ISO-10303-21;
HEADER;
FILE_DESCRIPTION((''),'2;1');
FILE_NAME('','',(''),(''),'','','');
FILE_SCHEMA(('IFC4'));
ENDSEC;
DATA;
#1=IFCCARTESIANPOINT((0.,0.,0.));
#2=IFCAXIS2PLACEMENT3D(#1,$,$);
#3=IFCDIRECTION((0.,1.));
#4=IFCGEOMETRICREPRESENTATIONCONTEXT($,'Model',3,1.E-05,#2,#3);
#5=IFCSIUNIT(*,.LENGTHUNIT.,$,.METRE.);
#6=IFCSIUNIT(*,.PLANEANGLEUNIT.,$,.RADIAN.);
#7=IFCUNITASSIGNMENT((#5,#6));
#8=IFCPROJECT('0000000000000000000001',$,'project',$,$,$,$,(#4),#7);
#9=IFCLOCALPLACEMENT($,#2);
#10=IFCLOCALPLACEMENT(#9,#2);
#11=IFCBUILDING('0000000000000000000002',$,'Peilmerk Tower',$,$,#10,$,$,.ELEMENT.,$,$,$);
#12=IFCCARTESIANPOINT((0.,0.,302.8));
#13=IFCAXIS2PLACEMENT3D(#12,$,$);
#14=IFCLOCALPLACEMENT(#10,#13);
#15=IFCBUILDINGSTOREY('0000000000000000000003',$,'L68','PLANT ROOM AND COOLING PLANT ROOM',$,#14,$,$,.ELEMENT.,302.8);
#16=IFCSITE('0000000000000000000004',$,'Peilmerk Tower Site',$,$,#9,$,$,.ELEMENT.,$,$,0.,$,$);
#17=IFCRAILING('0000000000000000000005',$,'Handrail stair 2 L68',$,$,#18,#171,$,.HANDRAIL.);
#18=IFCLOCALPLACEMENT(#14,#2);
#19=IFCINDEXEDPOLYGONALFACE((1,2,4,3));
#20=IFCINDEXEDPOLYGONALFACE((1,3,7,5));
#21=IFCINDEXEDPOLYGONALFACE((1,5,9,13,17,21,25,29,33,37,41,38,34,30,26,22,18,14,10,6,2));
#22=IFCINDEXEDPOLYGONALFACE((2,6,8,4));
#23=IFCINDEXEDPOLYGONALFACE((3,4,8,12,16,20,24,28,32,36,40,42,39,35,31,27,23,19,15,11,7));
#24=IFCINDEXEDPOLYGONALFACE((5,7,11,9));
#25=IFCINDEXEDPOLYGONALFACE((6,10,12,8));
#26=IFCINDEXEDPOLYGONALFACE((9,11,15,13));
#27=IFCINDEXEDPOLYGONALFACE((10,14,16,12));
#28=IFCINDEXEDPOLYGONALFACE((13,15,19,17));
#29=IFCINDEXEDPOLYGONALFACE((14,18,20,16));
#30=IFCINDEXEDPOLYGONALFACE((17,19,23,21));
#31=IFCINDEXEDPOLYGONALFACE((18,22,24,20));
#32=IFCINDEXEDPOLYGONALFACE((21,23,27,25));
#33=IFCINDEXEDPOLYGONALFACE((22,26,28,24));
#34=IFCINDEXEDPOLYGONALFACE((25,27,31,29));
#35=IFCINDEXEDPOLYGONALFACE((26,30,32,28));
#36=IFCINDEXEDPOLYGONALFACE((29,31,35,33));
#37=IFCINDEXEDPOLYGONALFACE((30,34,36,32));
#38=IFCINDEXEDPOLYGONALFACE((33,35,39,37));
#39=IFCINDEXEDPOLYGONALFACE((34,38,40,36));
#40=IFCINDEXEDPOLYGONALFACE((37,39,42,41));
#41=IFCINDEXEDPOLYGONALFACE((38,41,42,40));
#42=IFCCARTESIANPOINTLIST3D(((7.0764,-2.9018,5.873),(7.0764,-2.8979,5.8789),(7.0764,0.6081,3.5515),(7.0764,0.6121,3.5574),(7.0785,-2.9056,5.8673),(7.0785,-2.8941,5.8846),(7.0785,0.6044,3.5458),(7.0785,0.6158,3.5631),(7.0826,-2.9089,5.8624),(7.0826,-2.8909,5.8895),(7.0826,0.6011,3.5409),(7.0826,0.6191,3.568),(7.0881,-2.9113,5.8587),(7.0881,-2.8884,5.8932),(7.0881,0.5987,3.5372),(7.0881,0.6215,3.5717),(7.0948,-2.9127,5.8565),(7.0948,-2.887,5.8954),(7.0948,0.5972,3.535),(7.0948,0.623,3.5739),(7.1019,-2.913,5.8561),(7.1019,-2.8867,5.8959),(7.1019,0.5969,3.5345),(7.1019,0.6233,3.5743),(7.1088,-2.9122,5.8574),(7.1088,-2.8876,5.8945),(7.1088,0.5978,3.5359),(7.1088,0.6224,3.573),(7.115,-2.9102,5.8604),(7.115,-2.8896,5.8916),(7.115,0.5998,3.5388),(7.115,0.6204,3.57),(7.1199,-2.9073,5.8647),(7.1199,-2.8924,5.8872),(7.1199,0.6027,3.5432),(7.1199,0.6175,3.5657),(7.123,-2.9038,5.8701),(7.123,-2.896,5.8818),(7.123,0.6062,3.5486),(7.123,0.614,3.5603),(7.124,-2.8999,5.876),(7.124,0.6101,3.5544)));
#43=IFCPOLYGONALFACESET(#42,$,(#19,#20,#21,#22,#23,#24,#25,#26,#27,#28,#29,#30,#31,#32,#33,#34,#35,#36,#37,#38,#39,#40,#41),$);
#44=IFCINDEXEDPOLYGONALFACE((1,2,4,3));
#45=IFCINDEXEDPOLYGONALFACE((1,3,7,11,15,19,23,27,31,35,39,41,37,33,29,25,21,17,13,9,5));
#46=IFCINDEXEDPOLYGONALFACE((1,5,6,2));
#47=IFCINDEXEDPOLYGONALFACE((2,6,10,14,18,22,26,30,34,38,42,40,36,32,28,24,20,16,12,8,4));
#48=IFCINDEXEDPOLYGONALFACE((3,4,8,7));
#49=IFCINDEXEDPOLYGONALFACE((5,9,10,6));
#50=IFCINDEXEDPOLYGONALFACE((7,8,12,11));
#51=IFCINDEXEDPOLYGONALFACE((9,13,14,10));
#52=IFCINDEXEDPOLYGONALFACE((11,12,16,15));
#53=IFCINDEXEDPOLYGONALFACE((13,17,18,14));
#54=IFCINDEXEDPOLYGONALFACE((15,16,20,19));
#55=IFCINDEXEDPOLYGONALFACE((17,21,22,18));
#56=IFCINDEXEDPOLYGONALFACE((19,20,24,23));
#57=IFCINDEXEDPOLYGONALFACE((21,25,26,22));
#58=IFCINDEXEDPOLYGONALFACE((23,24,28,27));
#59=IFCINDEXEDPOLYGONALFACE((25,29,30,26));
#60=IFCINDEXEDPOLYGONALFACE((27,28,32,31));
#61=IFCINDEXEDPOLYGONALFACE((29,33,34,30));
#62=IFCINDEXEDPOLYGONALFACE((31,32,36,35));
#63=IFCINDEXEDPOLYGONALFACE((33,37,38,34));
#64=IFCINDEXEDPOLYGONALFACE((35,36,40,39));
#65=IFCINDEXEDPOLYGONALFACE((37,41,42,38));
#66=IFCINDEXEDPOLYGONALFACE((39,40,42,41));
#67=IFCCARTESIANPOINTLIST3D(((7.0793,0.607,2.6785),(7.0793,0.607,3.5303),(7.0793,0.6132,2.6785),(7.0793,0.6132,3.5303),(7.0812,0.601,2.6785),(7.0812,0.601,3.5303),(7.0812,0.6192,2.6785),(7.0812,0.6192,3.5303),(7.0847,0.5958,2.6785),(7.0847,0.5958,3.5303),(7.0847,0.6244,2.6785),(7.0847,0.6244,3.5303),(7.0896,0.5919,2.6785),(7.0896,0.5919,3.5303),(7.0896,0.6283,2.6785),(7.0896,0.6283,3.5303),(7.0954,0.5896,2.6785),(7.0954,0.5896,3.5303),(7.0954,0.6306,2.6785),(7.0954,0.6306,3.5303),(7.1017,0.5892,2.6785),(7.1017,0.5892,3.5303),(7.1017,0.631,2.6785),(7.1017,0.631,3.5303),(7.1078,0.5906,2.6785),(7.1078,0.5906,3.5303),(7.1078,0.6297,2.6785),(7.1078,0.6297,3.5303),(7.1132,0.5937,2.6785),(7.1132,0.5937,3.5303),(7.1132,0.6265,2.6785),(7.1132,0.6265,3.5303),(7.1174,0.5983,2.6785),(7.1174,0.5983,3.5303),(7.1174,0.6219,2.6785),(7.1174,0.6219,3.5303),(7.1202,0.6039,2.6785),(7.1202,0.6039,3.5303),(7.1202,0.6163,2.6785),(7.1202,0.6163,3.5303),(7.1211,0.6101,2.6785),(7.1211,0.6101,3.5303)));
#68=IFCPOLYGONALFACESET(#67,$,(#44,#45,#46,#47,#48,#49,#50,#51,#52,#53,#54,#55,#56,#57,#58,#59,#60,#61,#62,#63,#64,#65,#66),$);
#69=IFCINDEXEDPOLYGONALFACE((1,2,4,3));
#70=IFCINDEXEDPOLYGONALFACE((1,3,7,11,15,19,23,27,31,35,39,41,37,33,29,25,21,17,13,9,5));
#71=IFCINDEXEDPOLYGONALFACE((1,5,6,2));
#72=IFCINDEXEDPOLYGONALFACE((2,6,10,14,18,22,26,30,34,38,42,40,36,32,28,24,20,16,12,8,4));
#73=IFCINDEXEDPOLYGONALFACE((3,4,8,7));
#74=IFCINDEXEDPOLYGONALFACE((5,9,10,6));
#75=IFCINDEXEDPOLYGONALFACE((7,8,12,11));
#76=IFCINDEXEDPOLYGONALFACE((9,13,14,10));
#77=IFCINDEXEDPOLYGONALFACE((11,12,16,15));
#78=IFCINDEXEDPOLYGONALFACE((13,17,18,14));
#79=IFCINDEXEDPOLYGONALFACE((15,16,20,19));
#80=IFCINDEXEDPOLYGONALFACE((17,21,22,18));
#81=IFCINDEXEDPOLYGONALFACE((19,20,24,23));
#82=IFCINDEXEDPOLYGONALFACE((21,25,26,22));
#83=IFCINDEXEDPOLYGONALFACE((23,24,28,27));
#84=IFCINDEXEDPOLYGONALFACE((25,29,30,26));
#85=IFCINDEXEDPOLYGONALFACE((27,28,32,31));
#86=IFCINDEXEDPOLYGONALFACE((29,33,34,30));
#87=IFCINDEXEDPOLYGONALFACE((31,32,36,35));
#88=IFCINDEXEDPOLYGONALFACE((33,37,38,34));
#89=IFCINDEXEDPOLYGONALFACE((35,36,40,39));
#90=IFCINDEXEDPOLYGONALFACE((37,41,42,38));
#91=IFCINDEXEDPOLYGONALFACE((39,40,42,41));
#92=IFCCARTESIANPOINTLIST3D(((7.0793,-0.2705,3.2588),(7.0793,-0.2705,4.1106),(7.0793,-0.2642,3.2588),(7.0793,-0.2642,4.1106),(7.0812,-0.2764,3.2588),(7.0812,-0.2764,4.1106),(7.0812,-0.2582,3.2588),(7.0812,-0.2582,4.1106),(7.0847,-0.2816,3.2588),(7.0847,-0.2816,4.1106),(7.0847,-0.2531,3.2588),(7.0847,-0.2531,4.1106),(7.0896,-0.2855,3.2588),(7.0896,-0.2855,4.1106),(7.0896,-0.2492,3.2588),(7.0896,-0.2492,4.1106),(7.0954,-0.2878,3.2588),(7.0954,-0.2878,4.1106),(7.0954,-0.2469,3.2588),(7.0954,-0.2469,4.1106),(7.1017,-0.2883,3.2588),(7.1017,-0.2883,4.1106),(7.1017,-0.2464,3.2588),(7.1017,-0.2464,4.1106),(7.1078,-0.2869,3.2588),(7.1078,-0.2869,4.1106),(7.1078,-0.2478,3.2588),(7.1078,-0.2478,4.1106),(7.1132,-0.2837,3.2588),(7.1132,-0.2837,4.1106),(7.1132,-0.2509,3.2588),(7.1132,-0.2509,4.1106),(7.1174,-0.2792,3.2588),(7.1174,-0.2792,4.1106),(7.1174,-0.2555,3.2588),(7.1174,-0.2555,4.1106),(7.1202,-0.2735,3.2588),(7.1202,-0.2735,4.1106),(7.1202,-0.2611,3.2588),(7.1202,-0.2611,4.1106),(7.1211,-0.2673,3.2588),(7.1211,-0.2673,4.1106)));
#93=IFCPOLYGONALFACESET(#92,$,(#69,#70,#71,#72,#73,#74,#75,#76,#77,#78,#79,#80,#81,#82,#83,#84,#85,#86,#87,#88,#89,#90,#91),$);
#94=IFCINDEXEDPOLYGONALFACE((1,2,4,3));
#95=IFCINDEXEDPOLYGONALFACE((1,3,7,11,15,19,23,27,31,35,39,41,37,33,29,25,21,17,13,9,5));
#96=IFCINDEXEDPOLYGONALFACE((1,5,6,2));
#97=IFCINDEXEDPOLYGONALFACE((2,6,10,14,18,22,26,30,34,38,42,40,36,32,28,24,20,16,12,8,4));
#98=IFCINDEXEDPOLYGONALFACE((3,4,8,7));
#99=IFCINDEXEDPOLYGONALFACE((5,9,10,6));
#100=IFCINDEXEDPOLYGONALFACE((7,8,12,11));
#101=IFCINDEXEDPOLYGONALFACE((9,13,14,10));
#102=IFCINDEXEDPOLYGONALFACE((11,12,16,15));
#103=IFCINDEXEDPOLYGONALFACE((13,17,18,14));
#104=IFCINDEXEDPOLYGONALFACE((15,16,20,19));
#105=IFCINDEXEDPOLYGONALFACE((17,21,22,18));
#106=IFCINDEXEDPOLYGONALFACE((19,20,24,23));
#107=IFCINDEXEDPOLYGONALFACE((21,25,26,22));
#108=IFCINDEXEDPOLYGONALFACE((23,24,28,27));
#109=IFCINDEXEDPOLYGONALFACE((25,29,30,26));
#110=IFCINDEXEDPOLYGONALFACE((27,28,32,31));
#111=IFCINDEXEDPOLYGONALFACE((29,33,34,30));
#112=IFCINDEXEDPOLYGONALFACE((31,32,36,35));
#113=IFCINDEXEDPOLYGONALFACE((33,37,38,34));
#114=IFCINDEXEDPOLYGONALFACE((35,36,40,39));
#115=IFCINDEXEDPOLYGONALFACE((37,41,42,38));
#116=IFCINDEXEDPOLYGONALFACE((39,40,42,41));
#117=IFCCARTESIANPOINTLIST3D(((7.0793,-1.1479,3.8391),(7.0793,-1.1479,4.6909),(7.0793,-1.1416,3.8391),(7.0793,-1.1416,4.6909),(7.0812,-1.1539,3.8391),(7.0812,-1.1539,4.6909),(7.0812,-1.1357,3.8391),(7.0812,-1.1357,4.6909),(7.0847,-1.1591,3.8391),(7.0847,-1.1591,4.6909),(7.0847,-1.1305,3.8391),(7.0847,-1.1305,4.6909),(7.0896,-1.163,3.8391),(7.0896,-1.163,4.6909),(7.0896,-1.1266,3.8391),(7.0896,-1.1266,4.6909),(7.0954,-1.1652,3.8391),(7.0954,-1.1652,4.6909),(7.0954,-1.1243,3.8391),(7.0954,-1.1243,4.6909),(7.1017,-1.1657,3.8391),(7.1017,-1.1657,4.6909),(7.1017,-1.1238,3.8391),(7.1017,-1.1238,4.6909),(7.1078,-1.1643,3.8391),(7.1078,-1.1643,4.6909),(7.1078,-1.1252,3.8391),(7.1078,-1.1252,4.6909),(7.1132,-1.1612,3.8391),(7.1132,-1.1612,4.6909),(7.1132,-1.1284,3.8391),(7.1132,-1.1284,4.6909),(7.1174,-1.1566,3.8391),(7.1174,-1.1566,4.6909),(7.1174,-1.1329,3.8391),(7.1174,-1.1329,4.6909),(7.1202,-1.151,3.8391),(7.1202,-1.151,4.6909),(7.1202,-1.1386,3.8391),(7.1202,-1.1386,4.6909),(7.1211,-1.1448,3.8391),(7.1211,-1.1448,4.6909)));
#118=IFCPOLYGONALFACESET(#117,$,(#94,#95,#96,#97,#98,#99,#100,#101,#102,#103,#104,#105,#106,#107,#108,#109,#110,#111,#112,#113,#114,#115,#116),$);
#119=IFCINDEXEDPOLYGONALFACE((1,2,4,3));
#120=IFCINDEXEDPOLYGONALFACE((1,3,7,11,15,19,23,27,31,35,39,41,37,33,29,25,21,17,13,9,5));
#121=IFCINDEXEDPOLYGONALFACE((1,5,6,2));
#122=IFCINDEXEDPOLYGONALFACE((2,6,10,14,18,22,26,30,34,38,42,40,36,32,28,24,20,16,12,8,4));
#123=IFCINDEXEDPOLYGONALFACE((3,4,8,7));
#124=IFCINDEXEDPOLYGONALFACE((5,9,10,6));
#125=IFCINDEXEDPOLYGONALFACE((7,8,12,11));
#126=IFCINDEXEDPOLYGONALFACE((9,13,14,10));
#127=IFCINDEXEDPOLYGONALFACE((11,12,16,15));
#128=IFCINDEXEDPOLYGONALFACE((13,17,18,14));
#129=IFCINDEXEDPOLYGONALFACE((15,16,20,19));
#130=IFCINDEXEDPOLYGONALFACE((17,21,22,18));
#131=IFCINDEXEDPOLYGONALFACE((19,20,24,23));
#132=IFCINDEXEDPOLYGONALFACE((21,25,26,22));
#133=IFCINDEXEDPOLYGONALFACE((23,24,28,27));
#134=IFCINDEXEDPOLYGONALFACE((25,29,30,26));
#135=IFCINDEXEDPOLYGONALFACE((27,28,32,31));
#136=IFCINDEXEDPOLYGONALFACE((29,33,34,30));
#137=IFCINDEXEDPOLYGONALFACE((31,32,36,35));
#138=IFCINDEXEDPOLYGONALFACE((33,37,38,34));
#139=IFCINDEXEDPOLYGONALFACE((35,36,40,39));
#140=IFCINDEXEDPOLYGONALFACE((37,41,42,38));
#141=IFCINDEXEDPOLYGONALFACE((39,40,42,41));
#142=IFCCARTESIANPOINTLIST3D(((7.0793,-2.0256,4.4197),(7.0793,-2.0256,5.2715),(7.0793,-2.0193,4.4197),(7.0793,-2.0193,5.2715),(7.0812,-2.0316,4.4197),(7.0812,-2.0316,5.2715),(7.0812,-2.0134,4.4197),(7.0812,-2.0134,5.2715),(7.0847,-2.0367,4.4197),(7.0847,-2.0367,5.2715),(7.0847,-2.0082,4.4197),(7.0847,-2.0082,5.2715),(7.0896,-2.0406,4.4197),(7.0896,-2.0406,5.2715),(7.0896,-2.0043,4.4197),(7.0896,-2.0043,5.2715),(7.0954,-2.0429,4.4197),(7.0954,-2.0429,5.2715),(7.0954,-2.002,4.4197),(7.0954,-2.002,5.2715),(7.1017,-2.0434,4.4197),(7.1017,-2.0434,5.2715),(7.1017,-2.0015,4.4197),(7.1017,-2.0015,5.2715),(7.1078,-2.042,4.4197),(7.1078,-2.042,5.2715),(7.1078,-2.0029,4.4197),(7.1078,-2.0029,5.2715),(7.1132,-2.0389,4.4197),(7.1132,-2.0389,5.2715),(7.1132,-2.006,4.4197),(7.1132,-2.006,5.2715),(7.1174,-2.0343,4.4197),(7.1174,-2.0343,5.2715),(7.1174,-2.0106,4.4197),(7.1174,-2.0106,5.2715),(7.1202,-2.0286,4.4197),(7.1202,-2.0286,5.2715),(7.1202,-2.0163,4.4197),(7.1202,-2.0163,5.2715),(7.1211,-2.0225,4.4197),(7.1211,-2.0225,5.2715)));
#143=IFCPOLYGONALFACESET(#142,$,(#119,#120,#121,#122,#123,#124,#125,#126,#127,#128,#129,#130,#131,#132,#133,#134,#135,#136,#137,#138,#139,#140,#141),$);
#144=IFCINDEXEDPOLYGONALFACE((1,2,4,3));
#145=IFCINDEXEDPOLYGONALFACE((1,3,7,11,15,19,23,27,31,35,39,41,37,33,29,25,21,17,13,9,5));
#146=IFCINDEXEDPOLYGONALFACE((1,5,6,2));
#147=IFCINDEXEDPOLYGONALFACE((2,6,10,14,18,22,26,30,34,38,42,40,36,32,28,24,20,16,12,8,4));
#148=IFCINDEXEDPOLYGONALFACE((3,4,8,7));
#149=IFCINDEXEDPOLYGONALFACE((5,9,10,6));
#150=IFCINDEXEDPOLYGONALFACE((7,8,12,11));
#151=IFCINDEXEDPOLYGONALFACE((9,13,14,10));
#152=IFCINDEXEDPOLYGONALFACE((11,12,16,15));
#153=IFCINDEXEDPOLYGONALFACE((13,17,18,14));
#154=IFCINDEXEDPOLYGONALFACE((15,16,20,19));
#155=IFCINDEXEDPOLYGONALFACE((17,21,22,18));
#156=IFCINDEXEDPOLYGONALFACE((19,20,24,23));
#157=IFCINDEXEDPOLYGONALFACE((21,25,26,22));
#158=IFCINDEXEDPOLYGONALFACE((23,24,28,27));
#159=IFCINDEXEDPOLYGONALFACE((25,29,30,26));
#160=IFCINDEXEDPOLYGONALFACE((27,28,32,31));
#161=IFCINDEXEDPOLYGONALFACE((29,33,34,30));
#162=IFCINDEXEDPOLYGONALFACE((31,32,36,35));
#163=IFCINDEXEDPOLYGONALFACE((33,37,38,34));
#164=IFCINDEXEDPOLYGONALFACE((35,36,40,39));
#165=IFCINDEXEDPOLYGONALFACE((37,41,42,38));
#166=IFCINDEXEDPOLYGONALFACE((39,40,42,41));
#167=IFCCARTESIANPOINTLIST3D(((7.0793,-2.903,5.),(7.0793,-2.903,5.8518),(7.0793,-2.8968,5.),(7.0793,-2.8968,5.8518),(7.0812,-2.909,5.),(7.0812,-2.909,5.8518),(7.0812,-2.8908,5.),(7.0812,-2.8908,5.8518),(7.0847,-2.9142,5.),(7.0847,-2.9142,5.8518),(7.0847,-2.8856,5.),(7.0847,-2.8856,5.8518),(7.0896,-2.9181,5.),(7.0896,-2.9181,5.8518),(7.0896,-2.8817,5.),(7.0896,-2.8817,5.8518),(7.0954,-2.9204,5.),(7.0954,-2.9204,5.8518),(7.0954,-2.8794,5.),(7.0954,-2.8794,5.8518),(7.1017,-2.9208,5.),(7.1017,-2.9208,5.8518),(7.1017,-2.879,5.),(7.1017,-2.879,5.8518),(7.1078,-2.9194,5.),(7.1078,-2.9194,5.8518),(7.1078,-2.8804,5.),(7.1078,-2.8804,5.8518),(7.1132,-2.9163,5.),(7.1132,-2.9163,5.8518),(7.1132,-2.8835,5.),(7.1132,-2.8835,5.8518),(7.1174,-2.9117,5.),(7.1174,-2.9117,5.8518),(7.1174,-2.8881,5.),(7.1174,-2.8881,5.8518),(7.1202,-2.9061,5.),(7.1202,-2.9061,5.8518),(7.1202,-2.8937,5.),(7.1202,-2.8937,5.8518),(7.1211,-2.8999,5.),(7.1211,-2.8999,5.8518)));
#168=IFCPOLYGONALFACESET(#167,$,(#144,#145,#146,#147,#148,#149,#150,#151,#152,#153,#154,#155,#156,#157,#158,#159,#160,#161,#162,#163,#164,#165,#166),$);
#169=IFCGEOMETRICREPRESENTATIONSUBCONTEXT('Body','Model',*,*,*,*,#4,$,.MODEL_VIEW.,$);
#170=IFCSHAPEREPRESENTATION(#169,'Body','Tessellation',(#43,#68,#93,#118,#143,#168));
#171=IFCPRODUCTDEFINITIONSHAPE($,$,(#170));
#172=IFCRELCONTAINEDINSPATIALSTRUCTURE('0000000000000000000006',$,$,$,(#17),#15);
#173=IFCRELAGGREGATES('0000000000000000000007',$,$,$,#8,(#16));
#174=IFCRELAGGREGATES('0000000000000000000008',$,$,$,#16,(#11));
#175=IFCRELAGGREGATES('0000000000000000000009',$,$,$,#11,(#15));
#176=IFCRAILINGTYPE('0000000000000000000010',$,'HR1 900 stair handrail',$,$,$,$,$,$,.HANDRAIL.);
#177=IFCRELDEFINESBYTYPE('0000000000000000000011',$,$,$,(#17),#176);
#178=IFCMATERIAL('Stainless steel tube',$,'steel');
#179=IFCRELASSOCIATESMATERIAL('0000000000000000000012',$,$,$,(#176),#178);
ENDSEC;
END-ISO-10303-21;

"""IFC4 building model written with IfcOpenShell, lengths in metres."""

from ifc_helpers import new_model, si_unit, direction, frame, origin, origin_2d, place, context, subcontext, project, spatial, circle, extrude, material, type_object, element, save


model = new_model("IFC4")

# Units and contexts
model_context = context("Model", 3, precision=1e-05, world=origin(), true_north=direction((0.0, 1.0)))
body_context = subcontext(model_context, "Body", "Model", "MODEL_VIEW")
ifc_project = project(units=[si_unit("LENGTHUNIT", "METRE"), si_unit("PLANEANGLEUNIT", "RADIAN")], contexts=[model_context])

# Site, building, storey
site_placement = place(None, origin())
site = spatial("IfcSite", under=ifc_project, at=site_placement, Name="Peilmerk Tower Site", CompositionType="ELEMENT", RefElevation=0.0)
building_placement = place(site_placement, origin())
building = spatial("IfcBuilding", under=site, at=building_placement, Name="Peilmerk Tower", CompositionType="ELEMENT")
storey_placement = place(building_placement, frame((0.0, 0.0, 302.8)))
storey = spatial("IfcBuildingStorey", under=building, at=storey_placement, Name="L68", Description="PLANT ROOM AND COOLING PLANT ROOM", CompositionType="ELEMENT", Elevation=302.8)

# Railing
ifc_material_1 = material(Name="Stainless steel tube", Category="steel")
railing_type = type_object("IfcRailingType", Name="HR1 900 stair handrail", PredefinedType="HANDRAIL", material=ifc_material_1)
railing_placement = place(storey_placement, frame((7.1001, 0.6101, 2.6785)))
element("IfcRailing", 1, at=railing_placement, inside=storey, type_object=railing_type, Name="Handrail stair 2 L68", PredefinedType="HANDRAIL", context=body_context, shape_type="SweptSolid", body=[
    extrude(circle(Radius=0.0239, at=origin_2d()), frame((0.0, 0.0, 0.876), z_axis=(0.0, -0.834071, 0.551657), x_axis=(1.0, 0.0, 0.0)), (0.0, 0.0, 1.0), 4.2083),
    extrude(circle(Radius=0.021, at=origin_2d()), origin(), (0.0, 0.0, 1.0), 0.8518),
    extrude(circle(Radius=0.021, at=origin_2d()), frame((0.0, -0.8774, 0.5803)), (0.0, 0.0, 1.0), 0.8518),
    extrude(circle(Radius=0.021, at=origin_2d()), frame((0.0, -1.7549, 1.1606)), (0.0, 0.0, 1.0), 0.8518),
    extrude(circle(Radius=0.021, at=origin_2d()), frame((0.0, -2.6326, 1.7412)), (0.0, 0.0, 1.0), 0.8518),
    extrude(circle(Radius=0.021, at=origin_2d()), frame((0.0, -3.51, 2.3215)), (0.0, 0.0, 1.0), 0.8518),
])

save(model, "model.ifc")
